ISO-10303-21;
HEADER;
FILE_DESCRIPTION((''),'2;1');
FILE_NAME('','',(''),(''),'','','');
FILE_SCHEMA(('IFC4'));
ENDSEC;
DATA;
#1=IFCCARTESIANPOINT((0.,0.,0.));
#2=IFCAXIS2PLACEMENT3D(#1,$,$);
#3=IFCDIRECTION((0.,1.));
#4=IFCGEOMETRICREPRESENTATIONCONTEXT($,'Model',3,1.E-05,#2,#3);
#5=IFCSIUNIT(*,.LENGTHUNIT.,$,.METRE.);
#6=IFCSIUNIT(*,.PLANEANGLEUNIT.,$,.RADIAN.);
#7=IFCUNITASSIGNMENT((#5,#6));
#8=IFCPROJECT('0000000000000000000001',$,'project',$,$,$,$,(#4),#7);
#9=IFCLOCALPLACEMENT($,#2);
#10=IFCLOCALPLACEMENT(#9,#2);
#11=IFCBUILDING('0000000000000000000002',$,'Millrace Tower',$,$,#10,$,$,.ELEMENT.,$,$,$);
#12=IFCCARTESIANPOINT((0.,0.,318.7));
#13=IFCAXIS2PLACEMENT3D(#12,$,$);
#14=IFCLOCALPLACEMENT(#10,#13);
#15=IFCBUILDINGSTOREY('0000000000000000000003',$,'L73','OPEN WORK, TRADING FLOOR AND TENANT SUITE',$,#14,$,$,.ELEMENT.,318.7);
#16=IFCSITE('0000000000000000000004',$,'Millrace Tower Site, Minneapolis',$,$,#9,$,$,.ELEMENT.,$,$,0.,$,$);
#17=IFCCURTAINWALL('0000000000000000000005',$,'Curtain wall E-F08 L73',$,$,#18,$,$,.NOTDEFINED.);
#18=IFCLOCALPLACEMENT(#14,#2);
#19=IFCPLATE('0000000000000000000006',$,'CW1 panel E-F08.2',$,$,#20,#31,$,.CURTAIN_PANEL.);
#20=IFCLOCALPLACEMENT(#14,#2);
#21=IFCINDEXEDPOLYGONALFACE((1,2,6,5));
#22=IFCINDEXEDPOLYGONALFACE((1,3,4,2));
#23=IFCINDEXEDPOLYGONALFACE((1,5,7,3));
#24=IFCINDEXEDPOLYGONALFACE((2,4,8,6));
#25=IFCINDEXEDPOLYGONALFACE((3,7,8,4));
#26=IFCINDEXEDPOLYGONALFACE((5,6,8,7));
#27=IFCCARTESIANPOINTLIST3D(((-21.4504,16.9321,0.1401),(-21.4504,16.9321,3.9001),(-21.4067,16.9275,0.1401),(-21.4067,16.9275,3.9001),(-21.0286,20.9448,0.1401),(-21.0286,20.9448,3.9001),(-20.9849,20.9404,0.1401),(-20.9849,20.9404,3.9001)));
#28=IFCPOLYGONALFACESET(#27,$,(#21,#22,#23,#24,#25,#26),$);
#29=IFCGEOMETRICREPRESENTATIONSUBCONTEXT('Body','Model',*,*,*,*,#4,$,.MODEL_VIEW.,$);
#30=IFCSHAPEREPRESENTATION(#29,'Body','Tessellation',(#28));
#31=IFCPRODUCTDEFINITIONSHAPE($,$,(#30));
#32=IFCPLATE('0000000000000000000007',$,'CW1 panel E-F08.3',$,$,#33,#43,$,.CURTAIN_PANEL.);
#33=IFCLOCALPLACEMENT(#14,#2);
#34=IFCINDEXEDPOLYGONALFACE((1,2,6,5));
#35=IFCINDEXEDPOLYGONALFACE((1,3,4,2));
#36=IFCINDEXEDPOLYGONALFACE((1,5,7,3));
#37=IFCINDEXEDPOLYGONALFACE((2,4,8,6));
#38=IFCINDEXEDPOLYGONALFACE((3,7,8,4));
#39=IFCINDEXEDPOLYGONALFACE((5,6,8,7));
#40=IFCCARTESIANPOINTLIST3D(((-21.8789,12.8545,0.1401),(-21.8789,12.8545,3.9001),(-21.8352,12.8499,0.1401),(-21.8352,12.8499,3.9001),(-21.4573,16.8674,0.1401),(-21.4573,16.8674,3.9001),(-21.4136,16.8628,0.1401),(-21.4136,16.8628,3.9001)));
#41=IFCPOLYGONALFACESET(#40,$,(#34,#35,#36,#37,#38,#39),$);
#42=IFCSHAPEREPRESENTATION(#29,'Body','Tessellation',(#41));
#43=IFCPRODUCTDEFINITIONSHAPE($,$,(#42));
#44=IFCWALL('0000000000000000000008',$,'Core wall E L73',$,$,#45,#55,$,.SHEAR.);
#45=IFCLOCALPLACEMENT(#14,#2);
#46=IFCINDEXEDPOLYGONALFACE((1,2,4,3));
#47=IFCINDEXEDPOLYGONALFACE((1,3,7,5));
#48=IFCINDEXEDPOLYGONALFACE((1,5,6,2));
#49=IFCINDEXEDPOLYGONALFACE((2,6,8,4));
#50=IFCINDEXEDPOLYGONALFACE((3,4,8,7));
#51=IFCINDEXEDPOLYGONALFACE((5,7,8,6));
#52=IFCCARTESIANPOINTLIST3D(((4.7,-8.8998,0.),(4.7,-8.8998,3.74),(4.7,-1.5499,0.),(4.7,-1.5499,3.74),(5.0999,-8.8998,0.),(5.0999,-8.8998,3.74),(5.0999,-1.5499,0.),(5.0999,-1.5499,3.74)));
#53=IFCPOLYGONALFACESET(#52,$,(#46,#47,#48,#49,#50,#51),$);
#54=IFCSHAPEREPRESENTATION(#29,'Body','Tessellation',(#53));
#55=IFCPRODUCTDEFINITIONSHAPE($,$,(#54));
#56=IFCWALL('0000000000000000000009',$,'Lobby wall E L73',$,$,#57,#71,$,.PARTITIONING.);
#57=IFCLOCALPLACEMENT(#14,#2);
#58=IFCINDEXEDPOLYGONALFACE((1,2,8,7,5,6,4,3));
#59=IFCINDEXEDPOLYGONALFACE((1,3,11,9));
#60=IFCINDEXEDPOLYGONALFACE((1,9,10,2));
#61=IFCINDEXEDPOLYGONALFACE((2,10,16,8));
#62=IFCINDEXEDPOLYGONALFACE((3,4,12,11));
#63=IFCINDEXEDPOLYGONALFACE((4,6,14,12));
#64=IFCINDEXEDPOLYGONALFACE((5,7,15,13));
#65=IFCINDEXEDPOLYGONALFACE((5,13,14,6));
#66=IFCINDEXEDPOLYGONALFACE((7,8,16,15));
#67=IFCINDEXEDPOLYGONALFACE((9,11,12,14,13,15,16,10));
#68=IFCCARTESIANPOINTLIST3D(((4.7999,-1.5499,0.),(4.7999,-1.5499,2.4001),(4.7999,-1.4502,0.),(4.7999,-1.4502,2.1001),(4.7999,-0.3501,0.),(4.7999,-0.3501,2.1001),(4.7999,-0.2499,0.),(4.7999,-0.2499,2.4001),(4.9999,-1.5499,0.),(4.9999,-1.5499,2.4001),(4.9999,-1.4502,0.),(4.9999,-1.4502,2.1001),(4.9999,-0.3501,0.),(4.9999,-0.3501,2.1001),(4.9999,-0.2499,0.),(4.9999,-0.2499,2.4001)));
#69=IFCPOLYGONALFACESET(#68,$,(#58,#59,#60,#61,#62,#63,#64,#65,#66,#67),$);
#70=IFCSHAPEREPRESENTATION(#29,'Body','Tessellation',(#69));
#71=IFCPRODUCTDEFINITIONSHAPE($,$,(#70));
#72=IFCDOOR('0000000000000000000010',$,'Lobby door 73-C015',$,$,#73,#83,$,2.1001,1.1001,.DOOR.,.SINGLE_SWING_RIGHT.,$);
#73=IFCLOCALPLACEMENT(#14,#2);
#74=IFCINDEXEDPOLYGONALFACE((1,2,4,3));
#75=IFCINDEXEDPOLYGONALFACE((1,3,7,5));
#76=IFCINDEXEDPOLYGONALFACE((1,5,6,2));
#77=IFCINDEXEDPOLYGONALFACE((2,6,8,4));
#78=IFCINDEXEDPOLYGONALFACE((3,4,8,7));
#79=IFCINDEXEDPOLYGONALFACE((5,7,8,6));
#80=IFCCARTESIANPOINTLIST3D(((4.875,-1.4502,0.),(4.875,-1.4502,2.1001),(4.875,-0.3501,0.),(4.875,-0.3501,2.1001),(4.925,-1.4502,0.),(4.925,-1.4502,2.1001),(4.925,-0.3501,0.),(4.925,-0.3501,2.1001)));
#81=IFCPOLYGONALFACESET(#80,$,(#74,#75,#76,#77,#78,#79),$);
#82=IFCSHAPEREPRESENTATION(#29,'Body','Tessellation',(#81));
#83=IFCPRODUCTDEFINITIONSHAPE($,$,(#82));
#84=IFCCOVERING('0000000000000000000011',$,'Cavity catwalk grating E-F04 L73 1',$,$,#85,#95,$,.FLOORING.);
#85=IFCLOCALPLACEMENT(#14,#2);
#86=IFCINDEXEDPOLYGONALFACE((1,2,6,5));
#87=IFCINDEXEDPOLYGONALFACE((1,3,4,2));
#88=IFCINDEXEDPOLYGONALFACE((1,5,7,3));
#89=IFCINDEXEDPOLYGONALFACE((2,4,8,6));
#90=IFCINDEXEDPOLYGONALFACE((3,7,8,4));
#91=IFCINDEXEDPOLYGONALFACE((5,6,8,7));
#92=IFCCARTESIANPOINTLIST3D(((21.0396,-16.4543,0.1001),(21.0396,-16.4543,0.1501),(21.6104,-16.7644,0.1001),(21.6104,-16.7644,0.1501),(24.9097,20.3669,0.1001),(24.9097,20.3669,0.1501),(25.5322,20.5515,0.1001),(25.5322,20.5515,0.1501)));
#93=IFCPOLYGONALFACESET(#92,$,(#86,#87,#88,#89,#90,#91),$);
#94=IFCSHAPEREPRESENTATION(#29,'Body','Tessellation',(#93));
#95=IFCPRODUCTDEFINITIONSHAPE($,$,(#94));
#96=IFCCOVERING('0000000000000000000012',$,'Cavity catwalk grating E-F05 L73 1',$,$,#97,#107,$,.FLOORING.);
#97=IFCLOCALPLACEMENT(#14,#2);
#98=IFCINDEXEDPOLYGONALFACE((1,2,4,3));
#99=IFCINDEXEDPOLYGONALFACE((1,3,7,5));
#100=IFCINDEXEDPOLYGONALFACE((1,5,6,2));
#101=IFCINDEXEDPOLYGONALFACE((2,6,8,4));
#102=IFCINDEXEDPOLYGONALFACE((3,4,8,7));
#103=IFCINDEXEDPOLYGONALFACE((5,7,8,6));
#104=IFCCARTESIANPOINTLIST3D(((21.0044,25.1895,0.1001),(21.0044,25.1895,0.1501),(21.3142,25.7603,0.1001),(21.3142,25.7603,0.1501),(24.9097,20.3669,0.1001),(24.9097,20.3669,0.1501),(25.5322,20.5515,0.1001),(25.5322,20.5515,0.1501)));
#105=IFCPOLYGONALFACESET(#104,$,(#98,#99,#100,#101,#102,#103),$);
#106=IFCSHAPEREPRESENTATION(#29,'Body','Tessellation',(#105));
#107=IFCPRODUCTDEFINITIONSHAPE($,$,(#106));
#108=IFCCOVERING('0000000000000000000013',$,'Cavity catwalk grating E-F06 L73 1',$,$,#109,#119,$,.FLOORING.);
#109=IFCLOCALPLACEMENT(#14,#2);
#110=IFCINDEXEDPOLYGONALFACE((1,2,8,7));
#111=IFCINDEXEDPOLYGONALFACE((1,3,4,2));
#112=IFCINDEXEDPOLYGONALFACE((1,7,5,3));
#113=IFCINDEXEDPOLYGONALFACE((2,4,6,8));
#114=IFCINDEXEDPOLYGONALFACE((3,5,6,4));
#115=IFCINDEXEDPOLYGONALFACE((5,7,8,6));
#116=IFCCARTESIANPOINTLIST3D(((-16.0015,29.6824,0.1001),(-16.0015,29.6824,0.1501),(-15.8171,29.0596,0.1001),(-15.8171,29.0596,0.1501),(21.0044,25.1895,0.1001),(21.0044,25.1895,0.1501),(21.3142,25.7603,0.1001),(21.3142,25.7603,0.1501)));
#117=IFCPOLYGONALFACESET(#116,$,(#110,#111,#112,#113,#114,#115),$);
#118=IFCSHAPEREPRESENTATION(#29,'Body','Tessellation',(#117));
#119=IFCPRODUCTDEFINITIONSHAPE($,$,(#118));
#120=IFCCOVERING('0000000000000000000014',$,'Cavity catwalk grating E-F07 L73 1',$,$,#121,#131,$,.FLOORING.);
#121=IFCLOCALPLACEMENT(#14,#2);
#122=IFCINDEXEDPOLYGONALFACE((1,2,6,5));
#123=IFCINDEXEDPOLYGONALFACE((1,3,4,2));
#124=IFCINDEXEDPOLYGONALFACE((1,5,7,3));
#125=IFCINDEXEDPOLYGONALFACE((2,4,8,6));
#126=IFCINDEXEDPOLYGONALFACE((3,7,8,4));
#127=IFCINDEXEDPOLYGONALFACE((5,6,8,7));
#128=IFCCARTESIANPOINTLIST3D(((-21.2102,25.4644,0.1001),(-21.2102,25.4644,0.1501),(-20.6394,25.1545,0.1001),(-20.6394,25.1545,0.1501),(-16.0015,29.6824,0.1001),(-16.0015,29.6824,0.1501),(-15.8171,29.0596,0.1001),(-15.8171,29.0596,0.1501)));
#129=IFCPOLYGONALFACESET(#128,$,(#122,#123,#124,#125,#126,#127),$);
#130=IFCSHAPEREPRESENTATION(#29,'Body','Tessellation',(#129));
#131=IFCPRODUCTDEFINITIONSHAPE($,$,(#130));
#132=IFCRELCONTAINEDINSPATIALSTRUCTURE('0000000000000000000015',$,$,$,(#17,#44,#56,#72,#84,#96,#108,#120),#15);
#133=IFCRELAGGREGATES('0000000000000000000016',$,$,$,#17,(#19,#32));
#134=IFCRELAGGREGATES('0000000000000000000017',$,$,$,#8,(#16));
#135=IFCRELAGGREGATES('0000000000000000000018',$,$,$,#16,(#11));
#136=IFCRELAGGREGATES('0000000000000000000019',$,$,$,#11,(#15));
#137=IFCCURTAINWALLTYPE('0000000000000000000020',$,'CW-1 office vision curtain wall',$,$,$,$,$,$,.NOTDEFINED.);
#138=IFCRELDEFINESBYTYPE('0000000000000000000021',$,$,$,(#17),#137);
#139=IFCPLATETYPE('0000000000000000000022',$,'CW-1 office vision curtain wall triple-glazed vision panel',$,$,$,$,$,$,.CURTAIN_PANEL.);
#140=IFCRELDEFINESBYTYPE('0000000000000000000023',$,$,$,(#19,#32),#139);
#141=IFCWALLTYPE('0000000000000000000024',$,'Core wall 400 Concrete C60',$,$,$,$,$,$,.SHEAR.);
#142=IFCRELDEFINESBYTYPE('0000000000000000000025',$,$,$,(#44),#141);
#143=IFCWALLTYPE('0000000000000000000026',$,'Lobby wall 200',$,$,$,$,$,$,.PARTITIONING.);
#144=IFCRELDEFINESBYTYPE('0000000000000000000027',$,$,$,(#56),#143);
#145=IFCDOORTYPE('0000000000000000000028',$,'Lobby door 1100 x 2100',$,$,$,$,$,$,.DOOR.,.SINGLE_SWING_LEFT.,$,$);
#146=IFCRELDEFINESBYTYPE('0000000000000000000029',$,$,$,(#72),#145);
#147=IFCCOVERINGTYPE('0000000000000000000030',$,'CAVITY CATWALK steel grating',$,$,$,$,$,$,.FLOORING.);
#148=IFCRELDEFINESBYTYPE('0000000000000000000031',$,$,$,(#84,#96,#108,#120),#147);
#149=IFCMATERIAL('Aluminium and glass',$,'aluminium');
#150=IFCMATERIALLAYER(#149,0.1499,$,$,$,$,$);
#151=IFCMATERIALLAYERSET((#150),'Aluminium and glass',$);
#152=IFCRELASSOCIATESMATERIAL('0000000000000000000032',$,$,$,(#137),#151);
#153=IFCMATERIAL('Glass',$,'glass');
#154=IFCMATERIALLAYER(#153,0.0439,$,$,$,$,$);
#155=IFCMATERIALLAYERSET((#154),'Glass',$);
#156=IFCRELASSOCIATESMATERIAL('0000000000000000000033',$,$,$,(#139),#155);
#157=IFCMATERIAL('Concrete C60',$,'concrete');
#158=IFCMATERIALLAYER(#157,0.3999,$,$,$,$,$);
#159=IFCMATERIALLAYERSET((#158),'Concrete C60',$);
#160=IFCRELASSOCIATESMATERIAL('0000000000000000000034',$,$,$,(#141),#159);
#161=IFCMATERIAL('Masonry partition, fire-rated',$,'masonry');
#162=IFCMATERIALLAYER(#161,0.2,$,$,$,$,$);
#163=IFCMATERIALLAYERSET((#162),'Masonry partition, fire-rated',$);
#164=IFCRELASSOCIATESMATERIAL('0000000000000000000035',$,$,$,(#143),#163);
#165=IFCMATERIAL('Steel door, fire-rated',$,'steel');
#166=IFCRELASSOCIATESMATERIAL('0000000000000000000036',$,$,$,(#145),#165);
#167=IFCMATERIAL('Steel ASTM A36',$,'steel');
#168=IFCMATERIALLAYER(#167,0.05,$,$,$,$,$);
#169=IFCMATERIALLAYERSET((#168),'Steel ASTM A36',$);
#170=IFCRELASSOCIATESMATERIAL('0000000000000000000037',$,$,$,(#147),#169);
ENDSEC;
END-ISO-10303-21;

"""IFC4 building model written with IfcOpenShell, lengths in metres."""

from ifc_helpers import new_model, si_unit, direction, frame, frame_2d, origin, place, context, subcontext, project, spatial, polyline, rectangle, outline, extrude, material, layer, layer_set, type_object, element, fill, aggregate, save


model = new_model("IFC4")

# Units and contexts
model_context = context("Model", 3, precision=1e-05, world=origin(), true_north=direction((0.0, 1.0)))
body_context = subcontext(model_context, "Body", "Model", "MODEL_VIEW")
ifc_project = project(units=[si_unit("LENGTHUNIT", "METRE"), si_unit("PLANEANGLEUNIT", "RADIAN")], contexts=[model_context])

# Site, building, storey
site_placement = place(None, origin())
site = spatial("IfcSite", under=ifc_project, at=site_placement, Name="Millrace Tower Site, Minneapolis", CompositionType="ELEMENT", RefElevation=0.0)
building_placement = place(site_placement, origin())
building = spatial("IfcBuilding", under=site, at=building_placement, Name="Millrace Tower", CompositionType="ELEMENT")
storey_placement = place(building_placement, frame((0.0, 0.0, 318.7)))
storey = spatial("IfcBuildingStorey", under=building, at=storey_placement, Name="L73", Description="OPEN WORK, TRADING FLOOR AND TENANT SUITE", CompositionType="ELEMENT", Elevation=318.7)

# Shared definitions
ifc_material_1 = material(Name="Aluminium and glass", Category="aluminium")
ifc_layer_1 = layer(ifc_material_1, 0.1499)
ifc_layer_set_1 = layer_set([ifc_layer_1], Name="Aluminium and glass")
curtain_wall_type = type_object("IfcCurtainWallType", Name="CW-1 office vision curtain wall", PredefinedType="NOTDEFINED", material=ifc_layer_set_1)
placement_1 = place(storey_placement, origin())
ifc_material_2 = material(Name="Glass", Category="glass")
ifc_layer_2 = layer(ifc_material_2, 0.0439)
ifc_layer_set_2 = layer_set([ifc_layer_2], Name="Glass")
plate_type = type_object("IfcPlateType", Name="CW-1 office vision curtain wall triple-glazed vision panel", PredefinedType="CURTAIN_PANEL", material=ifc_layer_set_2)
placement_2 = place(storey_placement, frame((0.0, 0.0, 0.1401)))

# Curtain wall, plates
curtain_wall_1 = element("IfcCurtainWall", 1, at=placement_1, inside=storey, type_object=curtain_wall_type, Name="Curtain wall E-F08 L73", PredefinedType="NOTDEFINED")
plate_1 = element("IfcPlate", 2, at=placement_2, type_object=plate_type, Name="CW1 panel E-F08.2", PredefinedType="CURTAIN_PANEL", context=body_context, shape_type="SweptSolid", body=[
    extrude(outline(polyline([(-21.0286, 20.9448), (-21.4504, 16.9321), (-21.4067, 16.9275), (-20.9849, 20.9404), (-21.0286, 20.9448)])), origin(), (0.0, 0.0, 1.0), 3.76),
])
plate_2 = element("IfcPlate", 3, at=placement_2, type_object=plate_type, Name="CW1 panel E-F08.3", PredefinedType="CURTAIN_PANEL", context=body_context, shape_type="SweptSolid", body=[
    extrude(outline(polyline([(-21.4573, 16.8674), (-21.8789, 12.8545), (-21.8352, 12.8499), (-21.4136, 16.8628), (-21.4573, 16.8674)])), origin(), (0.0, 0.0, 1.0), 3.76),
])
aggregate(curtain_wall_1, [plate_1, plate_2])

# Wall
ifc_material_3 = material(Name="Concrete C60", Category="concrete")
ifc_layer_3 = layer(ifc_material_3, 0.3999)
ifc_layer_set_3 = layer_set([ifc_layer_3], Name="Concrete C60")
wall_type_1 = type_object("IfcWallType", Name="Core wall 400 Concrete C60", PredefinedType="SHEAR", material=ifc_layer_set_3)
wall_1_placement = place(storey_placement, frame((4.8999, -1.55, 0.0), z_axis=(0.0, 0.0, 1.0), x_axis=(0.0, -1.0, 0.0)))
element("IfcWall", 4, at=wall_1_placement, inside=storey, type_object=wall_type_1, Name="Core wall E L73", PredefinedType="SHEAR", context=body_context, shape_type="SweptSolid", body=[
    extrude(rectangle(XDim=7.3499, YDim=0.3999, at=frame_2d((3.6748, 0.0))), origin(), (0.0, 0.0, 1.0), 3.74),
])

# Wall, opening, door
ifc_material_4 = material(Name="Masonry partition, fire-rated", Category="masonry")
ifc_layer_4 = layer(ifc_material_4, 0.2)
ifc_layer_set_4 = layer_set([ifc_layer_4], Name="Masonry partition, fire-rated")
wall_type_2 = type_object("IfcWallType", Name="Lobby wall 200", PredefinedType="PARTITIONING", material=ifc_layer_set_4)
wall_2_placement = place(storey_placement, frame((4.8999, -0.25, 0.0), z_axis=(0.0, 0.0, 1.0), x_axis=(0.0, -1.0, 0.0)))
wall_2 = element("IfcWall", 5, at=wall_2_placement, inside=storey, type_object=wall_type_2, Name="Lobby wall E L73", PredefinedType="PARTITIONING", context=body_context, shape_type="SweptSolid", body=[
    extrude(rectangle(XDim=1.3, YDim=0.2, at=frame_2d((0.6499, 0.0))), origin(), (0.0, 0.0, 1.0), 2.4001),
])
opening_placement = place(wall_2_placement, frame((0.1001, 0.0, 0.0)))
opening = element("IfcOpeningElement", 6, at=opening_placement, cuts=wall_2, PredefinedType="OPENING", context=body_context, shape_type="SweptSolid", body=[
    extrude(rectangle(XDim=1.1001, YDim=2.1001, at=frame_2d((0.55, 1.05))), frame((0.0, 0.1099, 0.0), z_axis=(0.0, -1.0, 0.0), x_axis=(1.0, 0.0, 0.0)), (0.0, 0.0, 1.0), 0.22),
])
ifc_material_5 = material(Name="Steel door, fire-rated", Category="steel")
door_type = type_object("IfcDoorType", Name="Lobby door 1100 x 2100", OperationType="SINGLE_SWING_LEFT", PredefinedType="DOOR", material=ifc_material_5)
door_placement = place(opening_placement, frame((1.1001, 0.0, 0.0), z_axis=(0.0, 0.0, 1.0), x_axis=(-1.0, 0.0, 0.0)))
door = element("IfcDoor", 7, at=door_placement, inside=storey, type_object=door_type, Name="Lobby door 73-C015", OperationType="SINGLE_SWING_RIGHT", OverallHeight=2.1001, OverallWidth=1.1001, PredefinedType="DOOR", context=body_context, shape_type="SweptSolid", body=[
    extrude(rectangle(XDim=1.1001, YDim=2.1001, at=frame_2d((0.55, 1.05))), frame((0.0, 0.0249, 0.0), z_axis=(0.0, -1.0, 0.0), x_axis=(1.0, 0.0, 0.0)), (0.0, 0.0, 1.0), 0.05),
])
fill(opening, door)

# Coverings
ifc_material_6 = material(Name="Steel ASTM A36", Category="steel")
ifc_layer_5 = layer(ifc_material_6, 0.05)
ifc_layer_set_5 = layer_set([ifc_layer_5], Name="Steel ASTM A36")
covering_type = type_object("IfcCoveringType", Name="CAVITY CATWALK steel grating", PredefinedType="FLOORING", material=ifc_layer_set_5)
placement_3 = place(storey_placement, frame((0.0, 0.0, 0.1001)))
element("IfcCovering", 8, at=placement_3, inside=storey, type_object=covering_type, Name="Cavity catwalk grating E-F04 L73 1", PredefinedType="FLOORING", context=body_context, shape_type="SweptSolid", body=[
    extrude(outline(polyline([(21.6104, -16.7644), (25.5322, 20.5515), (24.9097, 20.3669), (21.0396, -16.4543), (21.6104, -16.7644)])), origin(), (0.0, 0.0, 1.0), 0.05),
])
element("IfcCovering", 9, at=placement_3, inside=storey, type_object=covering_type, Name="Cavity catwalk grating E-F05 L73 1", PredefinedType="FLOORING", context=body_context, shape_type="SweptSolid", body=[
    extrude(outline(polyline([(25.5322, 20.5515), (21.3142, 25.7603), (21.0044, 25.1895), (24.9097, 20.3669), (25.5322, 20.5515)])), origin(), (0.0, 0.0, 1.0), 0.05),
])
element("IfcCovering", 10, at=placement_3, inside=storey, type_object=covering_type, Name="Cavity catwalk grating E-F06 L73 1", PredefinedType="FLOORING", context=body_context, shape_type="SweptSolid", body=[
    extrude(outline(polyline([(21.3142, 25.7603), (-16.0015, 29.6824), (-15.8171, 29.0596), (21.0044, 25.1895), (21.3142, 25.7603)])), origin(), (0.0, 0.0, 1.0), 0.05),
])
element("IfcCovering", 11, at=placement_3, inside=storey, type_object=covering_type, Name="Cavity catwalk grating E-F07 L73 1", PredefinedType="FLOORING", context=body_context, shape_type="SweptSolid", body=[
    extrude(outline(polyline([(-16.0015, 29.6824), (-21.2102, 25.4644), (-20.6394, 25.1545), (-15.8171, 29.0596), (-16.0015, 29.6824)])), origin(), (0.0, 0.0, 1.0), 0.05),
])

save(model, "model.ifc")
